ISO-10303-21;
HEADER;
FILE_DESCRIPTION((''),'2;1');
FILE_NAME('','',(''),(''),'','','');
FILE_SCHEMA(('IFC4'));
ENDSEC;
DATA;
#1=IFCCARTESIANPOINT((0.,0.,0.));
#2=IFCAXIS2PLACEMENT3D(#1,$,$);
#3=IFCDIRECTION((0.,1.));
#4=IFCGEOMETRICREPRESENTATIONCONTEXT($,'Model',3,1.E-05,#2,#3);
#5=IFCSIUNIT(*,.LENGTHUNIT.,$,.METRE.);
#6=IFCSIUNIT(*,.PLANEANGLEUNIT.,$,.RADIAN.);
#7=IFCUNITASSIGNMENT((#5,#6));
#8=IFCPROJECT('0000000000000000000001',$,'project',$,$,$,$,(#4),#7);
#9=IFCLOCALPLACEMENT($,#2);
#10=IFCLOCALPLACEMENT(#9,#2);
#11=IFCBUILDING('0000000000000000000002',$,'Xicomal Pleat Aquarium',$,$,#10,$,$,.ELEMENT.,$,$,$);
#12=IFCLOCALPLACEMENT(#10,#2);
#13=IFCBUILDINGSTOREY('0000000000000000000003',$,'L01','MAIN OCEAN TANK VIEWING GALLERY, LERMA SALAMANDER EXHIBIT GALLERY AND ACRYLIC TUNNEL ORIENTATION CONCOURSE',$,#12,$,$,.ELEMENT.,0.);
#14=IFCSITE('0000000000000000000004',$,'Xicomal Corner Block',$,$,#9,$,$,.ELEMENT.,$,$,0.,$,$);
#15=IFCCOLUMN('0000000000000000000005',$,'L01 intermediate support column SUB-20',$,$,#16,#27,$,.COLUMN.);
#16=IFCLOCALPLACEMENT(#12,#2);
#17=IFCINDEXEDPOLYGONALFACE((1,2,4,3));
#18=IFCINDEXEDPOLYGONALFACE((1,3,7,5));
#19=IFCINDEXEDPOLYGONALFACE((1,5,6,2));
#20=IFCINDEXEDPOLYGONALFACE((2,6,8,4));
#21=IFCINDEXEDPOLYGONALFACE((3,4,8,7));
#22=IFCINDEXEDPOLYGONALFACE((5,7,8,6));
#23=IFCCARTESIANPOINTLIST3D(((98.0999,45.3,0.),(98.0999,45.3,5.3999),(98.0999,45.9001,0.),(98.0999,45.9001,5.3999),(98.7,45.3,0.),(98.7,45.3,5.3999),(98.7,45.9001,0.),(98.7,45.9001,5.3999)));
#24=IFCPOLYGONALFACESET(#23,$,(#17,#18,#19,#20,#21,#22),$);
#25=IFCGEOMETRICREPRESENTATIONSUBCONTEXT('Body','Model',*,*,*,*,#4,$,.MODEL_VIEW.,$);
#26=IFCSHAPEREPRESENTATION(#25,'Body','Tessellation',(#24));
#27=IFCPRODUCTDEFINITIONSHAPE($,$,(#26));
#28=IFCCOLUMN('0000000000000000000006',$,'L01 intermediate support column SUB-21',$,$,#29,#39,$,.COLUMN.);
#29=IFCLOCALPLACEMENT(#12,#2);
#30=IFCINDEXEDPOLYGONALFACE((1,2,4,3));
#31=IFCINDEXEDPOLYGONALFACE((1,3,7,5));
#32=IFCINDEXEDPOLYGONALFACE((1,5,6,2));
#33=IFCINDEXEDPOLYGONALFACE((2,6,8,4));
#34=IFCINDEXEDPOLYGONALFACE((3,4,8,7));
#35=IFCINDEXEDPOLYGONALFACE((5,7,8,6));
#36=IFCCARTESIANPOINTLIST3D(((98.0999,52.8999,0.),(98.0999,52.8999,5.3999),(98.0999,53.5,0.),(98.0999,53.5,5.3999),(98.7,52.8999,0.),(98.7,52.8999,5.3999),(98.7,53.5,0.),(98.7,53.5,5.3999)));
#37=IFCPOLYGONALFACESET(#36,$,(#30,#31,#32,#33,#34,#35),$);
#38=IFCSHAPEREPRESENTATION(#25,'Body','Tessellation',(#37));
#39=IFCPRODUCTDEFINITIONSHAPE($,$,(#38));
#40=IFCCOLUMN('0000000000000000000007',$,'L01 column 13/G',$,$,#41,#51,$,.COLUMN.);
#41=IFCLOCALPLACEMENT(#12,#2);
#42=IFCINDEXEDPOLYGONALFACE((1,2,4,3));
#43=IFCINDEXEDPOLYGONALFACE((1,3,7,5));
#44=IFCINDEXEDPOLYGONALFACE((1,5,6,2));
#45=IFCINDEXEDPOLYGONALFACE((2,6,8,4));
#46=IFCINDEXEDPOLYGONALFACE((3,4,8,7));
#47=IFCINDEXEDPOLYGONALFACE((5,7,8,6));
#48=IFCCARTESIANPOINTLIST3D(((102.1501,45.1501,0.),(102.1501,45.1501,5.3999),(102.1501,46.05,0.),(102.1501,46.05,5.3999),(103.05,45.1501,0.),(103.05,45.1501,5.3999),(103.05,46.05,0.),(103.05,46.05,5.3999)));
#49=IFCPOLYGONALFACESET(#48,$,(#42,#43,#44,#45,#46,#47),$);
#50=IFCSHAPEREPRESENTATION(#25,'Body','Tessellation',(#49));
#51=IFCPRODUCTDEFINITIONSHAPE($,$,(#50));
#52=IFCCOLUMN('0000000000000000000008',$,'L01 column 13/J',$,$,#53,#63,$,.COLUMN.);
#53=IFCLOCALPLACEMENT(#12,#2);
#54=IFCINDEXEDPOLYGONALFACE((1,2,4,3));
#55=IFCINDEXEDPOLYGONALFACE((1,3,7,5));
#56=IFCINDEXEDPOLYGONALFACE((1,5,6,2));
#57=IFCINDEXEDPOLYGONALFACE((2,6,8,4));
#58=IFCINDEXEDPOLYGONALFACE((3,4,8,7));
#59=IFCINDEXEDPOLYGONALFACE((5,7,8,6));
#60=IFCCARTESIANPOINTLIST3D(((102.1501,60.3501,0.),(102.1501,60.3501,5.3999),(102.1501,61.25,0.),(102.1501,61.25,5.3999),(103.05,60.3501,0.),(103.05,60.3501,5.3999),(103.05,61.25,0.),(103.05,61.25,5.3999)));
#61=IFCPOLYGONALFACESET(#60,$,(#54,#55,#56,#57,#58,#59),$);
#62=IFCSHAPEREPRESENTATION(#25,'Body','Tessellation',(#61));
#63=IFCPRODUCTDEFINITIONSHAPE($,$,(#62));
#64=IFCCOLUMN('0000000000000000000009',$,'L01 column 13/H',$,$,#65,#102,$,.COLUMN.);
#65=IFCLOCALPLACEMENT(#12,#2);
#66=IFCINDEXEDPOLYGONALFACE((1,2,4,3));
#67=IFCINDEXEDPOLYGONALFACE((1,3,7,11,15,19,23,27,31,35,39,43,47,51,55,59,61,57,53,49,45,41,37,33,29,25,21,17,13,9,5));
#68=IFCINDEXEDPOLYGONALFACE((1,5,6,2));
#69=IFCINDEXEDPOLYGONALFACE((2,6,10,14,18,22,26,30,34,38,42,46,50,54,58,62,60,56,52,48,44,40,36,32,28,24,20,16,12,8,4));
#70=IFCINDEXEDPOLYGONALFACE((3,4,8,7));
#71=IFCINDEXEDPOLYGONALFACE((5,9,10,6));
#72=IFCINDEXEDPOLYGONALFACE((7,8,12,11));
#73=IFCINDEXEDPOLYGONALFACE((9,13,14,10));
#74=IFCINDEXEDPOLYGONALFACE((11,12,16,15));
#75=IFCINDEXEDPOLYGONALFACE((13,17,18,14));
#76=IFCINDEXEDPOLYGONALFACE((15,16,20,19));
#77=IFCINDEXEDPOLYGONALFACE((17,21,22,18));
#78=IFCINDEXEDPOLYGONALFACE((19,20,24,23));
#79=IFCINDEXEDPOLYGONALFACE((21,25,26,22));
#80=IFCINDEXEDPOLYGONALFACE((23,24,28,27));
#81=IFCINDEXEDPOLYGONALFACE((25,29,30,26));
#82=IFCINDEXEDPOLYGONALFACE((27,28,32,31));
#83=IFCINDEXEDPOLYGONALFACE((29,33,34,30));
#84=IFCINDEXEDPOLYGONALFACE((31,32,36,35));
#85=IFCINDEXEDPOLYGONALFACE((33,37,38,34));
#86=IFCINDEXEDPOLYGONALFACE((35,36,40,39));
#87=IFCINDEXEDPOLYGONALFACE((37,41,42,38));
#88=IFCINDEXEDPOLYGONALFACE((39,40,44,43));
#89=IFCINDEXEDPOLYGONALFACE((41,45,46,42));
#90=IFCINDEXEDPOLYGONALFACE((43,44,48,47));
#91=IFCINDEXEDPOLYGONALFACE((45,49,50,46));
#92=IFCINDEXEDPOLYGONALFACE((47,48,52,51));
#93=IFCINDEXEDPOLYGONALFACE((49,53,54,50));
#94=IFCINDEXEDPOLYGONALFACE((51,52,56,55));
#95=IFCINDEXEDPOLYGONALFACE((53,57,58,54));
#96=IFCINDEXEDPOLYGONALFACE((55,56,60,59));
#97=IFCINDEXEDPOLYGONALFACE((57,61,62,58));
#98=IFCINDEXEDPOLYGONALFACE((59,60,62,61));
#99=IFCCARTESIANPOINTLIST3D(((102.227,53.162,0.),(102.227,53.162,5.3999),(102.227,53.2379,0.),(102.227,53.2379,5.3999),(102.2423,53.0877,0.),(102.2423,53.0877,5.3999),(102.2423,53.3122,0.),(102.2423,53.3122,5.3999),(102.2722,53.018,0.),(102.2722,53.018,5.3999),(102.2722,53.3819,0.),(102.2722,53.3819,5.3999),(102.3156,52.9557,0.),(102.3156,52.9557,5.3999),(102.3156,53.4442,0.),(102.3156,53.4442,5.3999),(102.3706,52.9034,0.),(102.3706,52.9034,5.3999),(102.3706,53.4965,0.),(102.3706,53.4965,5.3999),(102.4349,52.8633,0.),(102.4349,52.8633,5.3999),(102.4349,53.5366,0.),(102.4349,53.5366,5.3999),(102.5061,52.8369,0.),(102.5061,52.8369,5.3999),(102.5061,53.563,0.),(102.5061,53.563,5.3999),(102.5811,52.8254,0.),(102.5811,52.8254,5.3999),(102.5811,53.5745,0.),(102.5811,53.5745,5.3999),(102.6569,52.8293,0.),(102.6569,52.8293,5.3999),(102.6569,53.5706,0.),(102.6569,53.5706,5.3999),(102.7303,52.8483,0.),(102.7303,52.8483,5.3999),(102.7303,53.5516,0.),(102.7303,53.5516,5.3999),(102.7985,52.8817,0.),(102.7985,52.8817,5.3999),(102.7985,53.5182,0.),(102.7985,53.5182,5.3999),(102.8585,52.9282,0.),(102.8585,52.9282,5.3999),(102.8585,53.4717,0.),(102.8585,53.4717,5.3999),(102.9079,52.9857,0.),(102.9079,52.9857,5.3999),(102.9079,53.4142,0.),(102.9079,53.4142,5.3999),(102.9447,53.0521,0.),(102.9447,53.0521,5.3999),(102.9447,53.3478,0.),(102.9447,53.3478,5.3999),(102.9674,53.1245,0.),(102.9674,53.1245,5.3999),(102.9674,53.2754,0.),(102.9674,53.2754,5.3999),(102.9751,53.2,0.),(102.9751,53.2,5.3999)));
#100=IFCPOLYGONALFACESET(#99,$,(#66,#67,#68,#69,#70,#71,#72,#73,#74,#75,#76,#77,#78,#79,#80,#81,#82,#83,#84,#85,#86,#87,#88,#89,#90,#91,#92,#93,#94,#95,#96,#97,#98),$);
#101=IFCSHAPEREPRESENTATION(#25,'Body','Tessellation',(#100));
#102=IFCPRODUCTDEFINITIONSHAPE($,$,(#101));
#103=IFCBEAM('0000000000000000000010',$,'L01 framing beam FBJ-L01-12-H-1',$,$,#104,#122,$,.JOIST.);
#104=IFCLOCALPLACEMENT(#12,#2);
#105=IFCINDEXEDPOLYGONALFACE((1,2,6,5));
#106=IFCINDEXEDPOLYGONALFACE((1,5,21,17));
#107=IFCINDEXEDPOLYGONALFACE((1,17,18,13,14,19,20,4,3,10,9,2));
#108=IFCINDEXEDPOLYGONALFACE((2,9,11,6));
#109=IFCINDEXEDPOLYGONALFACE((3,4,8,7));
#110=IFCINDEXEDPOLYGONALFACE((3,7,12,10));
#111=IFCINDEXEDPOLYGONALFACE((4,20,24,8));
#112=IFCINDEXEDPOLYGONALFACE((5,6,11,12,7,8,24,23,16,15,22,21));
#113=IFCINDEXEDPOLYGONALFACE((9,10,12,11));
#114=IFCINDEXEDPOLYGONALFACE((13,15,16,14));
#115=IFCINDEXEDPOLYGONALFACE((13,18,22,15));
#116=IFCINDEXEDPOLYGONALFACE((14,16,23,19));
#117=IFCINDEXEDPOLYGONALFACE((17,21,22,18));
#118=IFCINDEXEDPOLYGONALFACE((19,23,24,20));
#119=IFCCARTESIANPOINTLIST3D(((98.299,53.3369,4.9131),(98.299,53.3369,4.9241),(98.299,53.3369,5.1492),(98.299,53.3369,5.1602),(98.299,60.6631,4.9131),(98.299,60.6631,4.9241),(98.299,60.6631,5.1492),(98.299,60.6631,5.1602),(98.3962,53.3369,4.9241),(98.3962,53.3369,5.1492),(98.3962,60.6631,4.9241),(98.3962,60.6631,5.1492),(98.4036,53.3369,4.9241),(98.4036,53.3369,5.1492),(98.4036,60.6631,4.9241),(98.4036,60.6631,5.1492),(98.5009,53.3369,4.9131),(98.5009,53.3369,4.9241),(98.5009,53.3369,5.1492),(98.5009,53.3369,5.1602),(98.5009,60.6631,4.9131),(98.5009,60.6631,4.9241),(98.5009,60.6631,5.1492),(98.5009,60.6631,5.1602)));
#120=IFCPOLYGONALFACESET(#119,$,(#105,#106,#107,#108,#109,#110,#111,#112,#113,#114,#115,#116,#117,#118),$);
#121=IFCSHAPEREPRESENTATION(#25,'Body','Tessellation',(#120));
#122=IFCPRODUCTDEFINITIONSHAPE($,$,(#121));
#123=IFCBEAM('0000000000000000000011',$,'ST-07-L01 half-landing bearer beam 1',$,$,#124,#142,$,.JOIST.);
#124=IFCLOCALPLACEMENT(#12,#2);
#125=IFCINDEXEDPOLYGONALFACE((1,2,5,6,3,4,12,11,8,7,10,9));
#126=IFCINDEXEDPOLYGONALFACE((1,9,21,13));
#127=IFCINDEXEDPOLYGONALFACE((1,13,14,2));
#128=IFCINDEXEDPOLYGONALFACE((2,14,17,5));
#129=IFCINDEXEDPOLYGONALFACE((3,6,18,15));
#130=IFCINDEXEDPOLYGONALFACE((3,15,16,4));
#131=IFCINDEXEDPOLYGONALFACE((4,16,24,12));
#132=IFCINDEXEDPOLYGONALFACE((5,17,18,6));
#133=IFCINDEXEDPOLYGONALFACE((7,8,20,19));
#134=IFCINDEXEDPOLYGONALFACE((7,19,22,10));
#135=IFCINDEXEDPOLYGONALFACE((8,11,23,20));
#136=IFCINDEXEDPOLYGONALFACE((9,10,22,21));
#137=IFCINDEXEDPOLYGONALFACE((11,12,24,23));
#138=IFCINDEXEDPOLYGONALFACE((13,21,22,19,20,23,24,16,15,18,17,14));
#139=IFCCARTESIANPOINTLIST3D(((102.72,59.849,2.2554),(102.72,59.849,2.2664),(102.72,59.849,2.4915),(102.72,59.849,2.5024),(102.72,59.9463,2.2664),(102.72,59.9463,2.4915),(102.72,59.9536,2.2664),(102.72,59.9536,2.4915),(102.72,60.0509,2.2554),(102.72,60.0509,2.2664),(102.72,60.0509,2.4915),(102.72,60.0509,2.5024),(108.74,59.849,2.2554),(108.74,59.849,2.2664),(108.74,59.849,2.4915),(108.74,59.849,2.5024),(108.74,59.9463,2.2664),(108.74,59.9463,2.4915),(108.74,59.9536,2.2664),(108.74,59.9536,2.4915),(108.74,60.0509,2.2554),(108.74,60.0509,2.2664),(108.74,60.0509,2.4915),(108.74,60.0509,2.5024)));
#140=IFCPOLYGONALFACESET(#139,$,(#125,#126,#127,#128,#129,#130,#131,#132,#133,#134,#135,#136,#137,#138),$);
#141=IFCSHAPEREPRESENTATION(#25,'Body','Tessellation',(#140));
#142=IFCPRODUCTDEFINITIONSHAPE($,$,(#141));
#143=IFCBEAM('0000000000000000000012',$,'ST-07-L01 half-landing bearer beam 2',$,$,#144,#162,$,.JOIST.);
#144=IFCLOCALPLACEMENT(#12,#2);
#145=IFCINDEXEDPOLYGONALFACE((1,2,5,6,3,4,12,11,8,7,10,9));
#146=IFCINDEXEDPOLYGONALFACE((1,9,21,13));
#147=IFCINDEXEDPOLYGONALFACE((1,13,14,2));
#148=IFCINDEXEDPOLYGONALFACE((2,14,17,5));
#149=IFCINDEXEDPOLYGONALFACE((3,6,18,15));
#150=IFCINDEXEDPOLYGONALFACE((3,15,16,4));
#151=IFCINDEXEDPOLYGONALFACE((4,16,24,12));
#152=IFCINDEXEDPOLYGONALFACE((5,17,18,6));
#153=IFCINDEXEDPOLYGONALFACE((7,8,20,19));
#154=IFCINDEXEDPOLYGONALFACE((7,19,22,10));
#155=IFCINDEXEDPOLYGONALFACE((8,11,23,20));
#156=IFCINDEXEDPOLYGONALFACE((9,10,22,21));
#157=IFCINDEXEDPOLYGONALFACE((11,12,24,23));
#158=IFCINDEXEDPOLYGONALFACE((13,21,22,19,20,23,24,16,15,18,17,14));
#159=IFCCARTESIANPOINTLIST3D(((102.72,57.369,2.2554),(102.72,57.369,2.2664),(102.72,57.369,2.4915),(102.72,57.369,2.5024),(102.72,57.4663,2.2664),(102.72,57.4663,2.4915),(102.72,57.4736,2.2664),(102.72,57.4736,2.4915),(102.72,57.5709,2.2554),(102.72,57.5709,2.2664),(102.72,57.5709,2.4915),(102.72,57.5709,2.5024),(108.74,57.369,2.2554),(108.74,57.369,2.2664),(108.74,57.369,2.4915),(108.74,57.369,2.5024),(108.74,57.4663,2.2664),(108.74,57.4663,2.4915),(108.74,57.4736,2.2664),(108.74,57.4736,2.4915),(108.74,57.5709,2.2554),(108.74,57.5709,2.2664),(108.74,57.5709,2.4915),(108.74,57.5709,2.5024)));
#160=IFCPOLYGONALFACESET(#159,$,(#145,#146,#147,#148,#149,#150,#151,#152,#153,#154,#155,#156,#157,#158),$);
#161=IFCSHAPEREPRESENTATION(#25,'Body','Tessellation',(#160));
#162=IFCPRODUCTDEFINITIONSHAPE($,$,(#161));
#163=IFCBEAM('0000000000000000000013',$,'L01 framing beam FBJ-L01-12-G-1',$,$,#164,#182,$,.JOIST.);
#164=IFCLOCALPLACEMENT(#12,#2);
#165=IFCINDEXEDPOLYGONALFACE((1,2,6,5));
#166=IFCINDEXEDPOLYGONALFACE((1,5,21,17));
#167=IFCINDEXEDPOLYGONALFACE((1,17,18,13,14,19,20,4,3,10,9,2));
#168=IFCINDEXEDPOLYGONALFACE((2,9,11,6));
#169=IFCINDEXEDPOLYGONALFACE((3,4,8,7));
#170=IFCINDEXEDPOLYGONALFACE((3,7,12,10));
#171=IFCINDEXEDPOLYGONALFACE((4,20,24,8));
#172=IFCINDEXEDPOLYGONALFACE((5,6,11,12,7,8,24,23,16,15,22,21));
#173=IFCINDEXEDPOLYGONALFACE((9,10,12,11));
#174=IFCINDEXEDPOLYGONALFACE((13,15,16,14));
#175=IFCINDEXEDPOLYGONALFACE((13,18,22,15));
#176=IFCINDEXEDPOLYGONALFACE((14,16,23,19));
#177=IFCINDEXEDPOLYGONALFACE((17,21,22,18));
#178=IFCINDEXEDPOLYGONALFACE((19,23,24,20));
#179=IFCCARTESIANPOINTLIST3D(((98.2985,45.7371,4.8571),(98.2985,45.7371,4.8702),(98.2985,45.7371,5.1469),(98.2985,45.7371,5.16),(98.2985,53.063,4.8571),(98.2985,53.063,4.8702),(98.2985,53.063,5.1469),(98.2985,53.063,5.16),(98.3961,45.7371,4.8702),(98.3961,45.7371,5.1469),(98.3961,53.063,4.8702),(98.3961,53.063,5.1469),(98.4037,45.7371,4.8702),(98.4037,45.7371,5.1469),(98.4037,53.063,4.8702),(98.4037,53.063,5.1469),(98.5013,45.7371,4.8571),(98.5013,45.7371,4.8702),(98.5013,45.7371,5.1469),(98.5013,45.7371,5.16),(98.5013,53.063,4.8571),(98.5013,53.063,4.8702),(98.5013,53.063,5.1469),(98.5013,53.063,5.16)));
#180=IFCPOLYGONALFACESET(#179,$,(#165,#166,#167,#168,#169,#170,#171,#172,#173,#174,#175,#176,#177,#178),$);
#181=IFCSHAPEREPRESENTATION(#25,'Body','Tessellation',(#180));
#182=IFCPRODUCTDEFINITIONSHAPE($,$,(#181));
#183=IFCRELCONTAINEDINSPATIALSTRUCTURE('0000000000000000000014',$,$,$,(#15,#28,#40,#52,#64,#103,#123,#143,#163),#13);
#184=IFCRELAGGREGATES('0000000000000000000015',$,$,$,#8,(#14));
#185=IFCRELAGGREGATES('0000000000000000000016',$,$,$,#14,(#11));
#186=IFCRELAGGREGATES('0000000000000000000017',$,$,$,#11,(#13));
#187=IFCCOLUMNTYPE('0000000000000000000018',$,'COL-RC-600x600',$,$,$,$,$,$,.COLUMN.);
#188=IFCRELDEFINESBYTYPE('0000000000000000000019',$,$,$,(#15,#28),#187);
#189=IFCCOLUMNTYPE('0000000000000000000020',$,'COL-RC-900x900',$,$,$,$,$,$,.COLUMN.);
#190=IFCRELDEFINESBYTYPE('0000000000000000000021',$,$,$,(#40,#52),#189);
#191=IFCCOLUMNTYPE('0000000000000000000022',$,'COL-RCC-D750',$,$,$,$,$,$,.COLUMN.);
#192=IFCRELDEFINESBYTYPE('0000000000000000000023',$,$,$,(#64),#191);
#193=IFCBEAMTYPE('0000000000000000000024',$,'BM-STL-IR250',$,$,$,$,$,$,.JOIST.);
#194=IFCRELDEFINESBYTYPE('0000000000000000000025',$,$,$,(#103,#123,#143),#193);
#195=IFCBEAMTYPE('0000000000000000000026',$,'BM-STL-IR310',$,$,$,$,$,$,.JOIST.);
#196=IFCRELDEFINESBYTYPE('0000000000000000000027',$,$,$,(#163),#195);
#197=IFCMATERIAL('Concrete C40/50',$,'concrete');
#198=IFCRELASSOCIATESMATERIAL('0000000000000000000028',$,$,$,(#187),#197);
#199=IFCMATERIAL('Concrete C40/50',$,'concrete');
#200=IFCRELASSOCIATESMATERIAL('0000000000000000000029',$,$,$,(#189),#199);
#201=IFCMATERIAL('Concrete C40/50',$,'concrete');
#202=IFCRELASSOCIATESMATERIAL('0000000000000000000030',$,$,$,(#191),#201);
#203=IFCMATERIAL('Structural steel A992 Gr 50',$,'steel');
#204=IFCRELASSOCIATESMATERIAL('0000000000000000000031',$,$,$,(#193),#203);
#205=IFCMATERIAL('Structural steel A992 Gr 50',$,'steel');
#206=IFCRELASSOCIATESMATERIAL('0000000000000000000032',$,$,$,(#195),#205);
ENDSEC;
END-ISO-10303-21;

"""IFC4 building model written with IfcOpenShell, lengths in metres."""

from ifc_helpers import new_model, si_unit, direction, frame, origin, origin_2d, place, context, subcontext, project, spatial, rectangle, circle, i_section, extrude, material, material_profile, profile_set, type_object, element, save


model = new_model("IFC4")

# Units and contexts
model_context = context("Model", 3, precision=1e-05, world=origin(), true_north=direction((0.0, 1.0)))
body_context = subcontext(model_context, "Body", "Model", "MODEL_VIEW")
ifc_project = project(units=[si_unit("LENGTHUNIT", "METRE"), si_unit("PLANEANGLEUNIT", "RADIAN")], contexts=[model_context])

# Site, building, storey
site_placement = place(None, origin())
site = spatial("IfcSite", under=ifc_project, at=site_placement, Name="Xicomal Corner Block", CompositionType="ELEMENT", RefElevation=0.0)
building_placement = place(site_placement, origin())
building = spatial("IfcBuilding", under=site, at=building_placement, Name="Xicomal Pleat Aquarium", CompositionType="ELEMENT")
storey_placement = place(building_placement, origin())
storey = spatial("IfcBuildingStorey", under=building, at=storey_placement, Name="L01", Description="MAIN OCEAN TANK VIEWING GALLERY, LERMA SALAMANDER EXHIBIT GALLERY AND ACRYLIC TUNNEL ORIENTATION CONCOURSE", CompositionType="ELEMENT", Elevation=0.0)

# Columns
ifc_material_1 = material(Name="Concrete C40/50", Category="concrete")
ifc_material_profile_1 = material_profile(ifc_material_1, rectangle(XDim=0.6001, YDim=0.6001, at=origin_2d()), Name="RC 600x600")
ifc_profile_set_1 = profile_set([ifc_material_profile_1], Name="Concrete C40/50")
column_type_1 = type_object("IfcColumnType", Name="COL-RC-600x600", PredefinedType="COLUMN", material=ifc_profile_set_1)
for number, where, z_axis, x_axis, name in (
    (1, (98.3999, 45.6001, 0.0), (0.0, 0.0, 1.0), (1.0, 0.0, 0.0), "L01 intermediate support column SUB-20"),
    (2, (98.3999, 53.2, 0.0), (0.0, 0.0, 1.0), (1.0, 0.0, 0.0), "L01 intermediate support column SUB-21"),
):
    element("IfcColumn", number, at=place(storey_placement, frame(where, z_axis=z_axis, x_axis=x_axis)), inside=storey, type_object=column_type_1, Name=name, PredefinedType="COLUMN", context=body_context, shape_type="SweptSolid", body=[
        extrude(rectangle(XDim=0.6001, YDim=0.6001, at=origin_2d()), origin(), (0.0, 0.0, 1.0), 5.3999),
    ])
ifc_material_2 = material(Name="Concrete C40/50", Category="concrete")
ifc_material_profile_2 = material_profile(ifc_material_2, rectangle(XDim=0.8999, YDim=0.8999, at=origin_2d()), Name="RC 900x900")
ifc_profile_set_2 = profile_set([ifc_material_profile_2], Name="Concrete C40/50")
column_type_2 = type_object("IfcColumnType", Name="COL-RC-900x900", PredefinedType="COLUMN", material=ifc_profile_set_2)
for number, where, z_axis, x_axis, name in (
    (3, (102.6001, 45.6001, 0.0), (0.0, 0.0, 1.0), (1.0, 0.0, 0.0), "L01 column 13/G"),
    (4, (102.6001, 60.8, 0.0), (0.0, 0.0, 1.0), (1.0, 0.0, 0.0), "L01 column 13/J"),
):
    element("IfcColumn", number, at=place(storey_placement, frame(where, z_axis=z_axis, x_axis=x_axis)), inside=storey, type_object=column_type_2, Name=name, PredefinedType="COLUMN", context=body_context, shape_type="SweptSolid", body=[
        extrude(rectangle(XDim=0.8999, YDim=0.8999, at=origin_2d()), origin(), (0.0, 0.0, 1.0), 5.3999),
    ])
ifc_material_3 = material(Name="Concrete C40/50", Category="concrete")
ifc_material_profile_3 = material_profile(ifc_material_3, circle(Radius=0.375, at=origin_2d()), Name="RCC D750")
ifc_profile_set_3 = profile_set([ifc_material_profile_3], Name="Concrete C40/50")
column_type_3 = type_object("IfcColumnType", Name="COL-RCC-D750", PredefinedType="COLUMN", material=ifc_profile_set_3)
column_placement = place(storey_placement, frame((102.6001, 53.2, 0.0), z_axis=(0.0, 0.0, 1.0), x_axis=(1.0, 0.0, 0.0)))
element("IfcColumn", 5, at=column_placement, inside=storey, type_object=column_type_3, Name="L01 column 13/H", PredefinedType="COLUMN", context=body_context, shape_type="SweptSolid", body=[
    extrude(circle(Radius=0.375, at=origin_2d()), origin(), (0.0, 0.0, 1.0), 5.3999),
])

# Beams
ifc_material_4 = material(Name="Structural steel A992 Gr 50", Category="steel")
ifc_material_profile_4 = material_profile(ifc_material_4, i_section(OverallWidth=0.2019, OverallDepth=0.2471, WebThickness=0.0073, FlangeThickness=0.011, at=origin_2d()), Name="IR 250x49")
ifc_profile_set_4 = profile_set([ifc_material_profile_4], Name="Structural steel A992 Gr 50")
beam_type_1 = type_object("IfcBeamType", Name="BM-STL-IR250", PredefinedType="JOIST", material=ifc_profile_set_4)
beam_1_placement = place(storey_placement, frame((98.3999, 53.3369, 5.0366), z_axis=(0.0, 1.0, 0.0), x_axis=(-1.0, 0.0, 0.0)))
element("IfcBeam", 6, at=beam_1_placement, inside=storey, type_object=beam_type_1, Name="L01 framing beam FBJ-L01-12-H-1", PredefinedType="JOIST", context=body_context, shape_type="SweptSolid", body=[
    extrude(i_section(OverallWidth=0.2019, OverallDepth=0.2471, WebThickness=0.0073, FlangeThickness=0.011, at=origin_2d()), origin(), (0.0, 0.0, 1.0), 7.3262),
])
for number, where, z_axis, x_axis, name in (
    (7, (102.72, 59.95, 2.3789), (1.0, 0.0, 0.0), (0.0, 1.0, 0.0), "ST-07-L01 half-landing bearer beam 1"),
    (8, (102.72, 57.47, 2.3789), (1.0, 0.0, 0.0), (0.0, 1.0, 0.0), "ST-07-L01 half-landing bearer beam 2"),
):
    element("IfcBeam", number, at=place(storey_placement, frame(where, z_axis=z_axis, x_axis=x_axis)), inside=storey, type_object=beam_type_1, Name=name, PredefinedType="JOIST", context=body_context, shape_type="SweptSolid", body=[
        extrude(i_section(OverallWidth=0.2019, OverallDepth=0.2471, WebThickness=0.0073, FlangeThickness=0.011, at=origin_2d()), origin(), (0.0, 0.0, 1.0), 6.02),
    ])
ifc_material_5 = material(Name="Structural steel A992 Gr 50", Category="steel")
ifc_material_profile_5 = material_profile(ifc_material_5, i_section(OverallWidth=0.2029, OverallDepth=0.303, WebThickness=0.0076, FlangeThickness=0.0132, at=origin_2d()), Name="IR 310x60")
ifc_profile_set_5 = profile_set([ifc_material_profile_5], Name="Structural steel A992 Gr 50")
beam_type_2 = type_object("IfcBeamType", Name="BM-STL-IR310", PredefinedType="JOIST", material=ifc_profile_set_5)
beam_2_placement = place(storey_placement, frame((98.3999, 45.7371, 5.0085), z_axis=(0.0, 1.0, 0.0), x_axis=(-1.0, 0.0, 0.0)))
element("IfcBeam", 9, at=beam_2_placement, inside=storey, type_object=beam_type_2, Name="L01 framing beam FBJ-L01-12-G-1", PredefinedType="JOIST", context=body_context, shape_type="SweptSolid", body=[
    extrude(i_section(OverallWidth=0.2029, OverallDepth=0.303, WebThickness=0.0076, FlangeThickness=0.0132, at=origin_2d()), origin(), (0.0, 0.0, 1.0), 7.3259),
])

save(model, "model.ifc")
